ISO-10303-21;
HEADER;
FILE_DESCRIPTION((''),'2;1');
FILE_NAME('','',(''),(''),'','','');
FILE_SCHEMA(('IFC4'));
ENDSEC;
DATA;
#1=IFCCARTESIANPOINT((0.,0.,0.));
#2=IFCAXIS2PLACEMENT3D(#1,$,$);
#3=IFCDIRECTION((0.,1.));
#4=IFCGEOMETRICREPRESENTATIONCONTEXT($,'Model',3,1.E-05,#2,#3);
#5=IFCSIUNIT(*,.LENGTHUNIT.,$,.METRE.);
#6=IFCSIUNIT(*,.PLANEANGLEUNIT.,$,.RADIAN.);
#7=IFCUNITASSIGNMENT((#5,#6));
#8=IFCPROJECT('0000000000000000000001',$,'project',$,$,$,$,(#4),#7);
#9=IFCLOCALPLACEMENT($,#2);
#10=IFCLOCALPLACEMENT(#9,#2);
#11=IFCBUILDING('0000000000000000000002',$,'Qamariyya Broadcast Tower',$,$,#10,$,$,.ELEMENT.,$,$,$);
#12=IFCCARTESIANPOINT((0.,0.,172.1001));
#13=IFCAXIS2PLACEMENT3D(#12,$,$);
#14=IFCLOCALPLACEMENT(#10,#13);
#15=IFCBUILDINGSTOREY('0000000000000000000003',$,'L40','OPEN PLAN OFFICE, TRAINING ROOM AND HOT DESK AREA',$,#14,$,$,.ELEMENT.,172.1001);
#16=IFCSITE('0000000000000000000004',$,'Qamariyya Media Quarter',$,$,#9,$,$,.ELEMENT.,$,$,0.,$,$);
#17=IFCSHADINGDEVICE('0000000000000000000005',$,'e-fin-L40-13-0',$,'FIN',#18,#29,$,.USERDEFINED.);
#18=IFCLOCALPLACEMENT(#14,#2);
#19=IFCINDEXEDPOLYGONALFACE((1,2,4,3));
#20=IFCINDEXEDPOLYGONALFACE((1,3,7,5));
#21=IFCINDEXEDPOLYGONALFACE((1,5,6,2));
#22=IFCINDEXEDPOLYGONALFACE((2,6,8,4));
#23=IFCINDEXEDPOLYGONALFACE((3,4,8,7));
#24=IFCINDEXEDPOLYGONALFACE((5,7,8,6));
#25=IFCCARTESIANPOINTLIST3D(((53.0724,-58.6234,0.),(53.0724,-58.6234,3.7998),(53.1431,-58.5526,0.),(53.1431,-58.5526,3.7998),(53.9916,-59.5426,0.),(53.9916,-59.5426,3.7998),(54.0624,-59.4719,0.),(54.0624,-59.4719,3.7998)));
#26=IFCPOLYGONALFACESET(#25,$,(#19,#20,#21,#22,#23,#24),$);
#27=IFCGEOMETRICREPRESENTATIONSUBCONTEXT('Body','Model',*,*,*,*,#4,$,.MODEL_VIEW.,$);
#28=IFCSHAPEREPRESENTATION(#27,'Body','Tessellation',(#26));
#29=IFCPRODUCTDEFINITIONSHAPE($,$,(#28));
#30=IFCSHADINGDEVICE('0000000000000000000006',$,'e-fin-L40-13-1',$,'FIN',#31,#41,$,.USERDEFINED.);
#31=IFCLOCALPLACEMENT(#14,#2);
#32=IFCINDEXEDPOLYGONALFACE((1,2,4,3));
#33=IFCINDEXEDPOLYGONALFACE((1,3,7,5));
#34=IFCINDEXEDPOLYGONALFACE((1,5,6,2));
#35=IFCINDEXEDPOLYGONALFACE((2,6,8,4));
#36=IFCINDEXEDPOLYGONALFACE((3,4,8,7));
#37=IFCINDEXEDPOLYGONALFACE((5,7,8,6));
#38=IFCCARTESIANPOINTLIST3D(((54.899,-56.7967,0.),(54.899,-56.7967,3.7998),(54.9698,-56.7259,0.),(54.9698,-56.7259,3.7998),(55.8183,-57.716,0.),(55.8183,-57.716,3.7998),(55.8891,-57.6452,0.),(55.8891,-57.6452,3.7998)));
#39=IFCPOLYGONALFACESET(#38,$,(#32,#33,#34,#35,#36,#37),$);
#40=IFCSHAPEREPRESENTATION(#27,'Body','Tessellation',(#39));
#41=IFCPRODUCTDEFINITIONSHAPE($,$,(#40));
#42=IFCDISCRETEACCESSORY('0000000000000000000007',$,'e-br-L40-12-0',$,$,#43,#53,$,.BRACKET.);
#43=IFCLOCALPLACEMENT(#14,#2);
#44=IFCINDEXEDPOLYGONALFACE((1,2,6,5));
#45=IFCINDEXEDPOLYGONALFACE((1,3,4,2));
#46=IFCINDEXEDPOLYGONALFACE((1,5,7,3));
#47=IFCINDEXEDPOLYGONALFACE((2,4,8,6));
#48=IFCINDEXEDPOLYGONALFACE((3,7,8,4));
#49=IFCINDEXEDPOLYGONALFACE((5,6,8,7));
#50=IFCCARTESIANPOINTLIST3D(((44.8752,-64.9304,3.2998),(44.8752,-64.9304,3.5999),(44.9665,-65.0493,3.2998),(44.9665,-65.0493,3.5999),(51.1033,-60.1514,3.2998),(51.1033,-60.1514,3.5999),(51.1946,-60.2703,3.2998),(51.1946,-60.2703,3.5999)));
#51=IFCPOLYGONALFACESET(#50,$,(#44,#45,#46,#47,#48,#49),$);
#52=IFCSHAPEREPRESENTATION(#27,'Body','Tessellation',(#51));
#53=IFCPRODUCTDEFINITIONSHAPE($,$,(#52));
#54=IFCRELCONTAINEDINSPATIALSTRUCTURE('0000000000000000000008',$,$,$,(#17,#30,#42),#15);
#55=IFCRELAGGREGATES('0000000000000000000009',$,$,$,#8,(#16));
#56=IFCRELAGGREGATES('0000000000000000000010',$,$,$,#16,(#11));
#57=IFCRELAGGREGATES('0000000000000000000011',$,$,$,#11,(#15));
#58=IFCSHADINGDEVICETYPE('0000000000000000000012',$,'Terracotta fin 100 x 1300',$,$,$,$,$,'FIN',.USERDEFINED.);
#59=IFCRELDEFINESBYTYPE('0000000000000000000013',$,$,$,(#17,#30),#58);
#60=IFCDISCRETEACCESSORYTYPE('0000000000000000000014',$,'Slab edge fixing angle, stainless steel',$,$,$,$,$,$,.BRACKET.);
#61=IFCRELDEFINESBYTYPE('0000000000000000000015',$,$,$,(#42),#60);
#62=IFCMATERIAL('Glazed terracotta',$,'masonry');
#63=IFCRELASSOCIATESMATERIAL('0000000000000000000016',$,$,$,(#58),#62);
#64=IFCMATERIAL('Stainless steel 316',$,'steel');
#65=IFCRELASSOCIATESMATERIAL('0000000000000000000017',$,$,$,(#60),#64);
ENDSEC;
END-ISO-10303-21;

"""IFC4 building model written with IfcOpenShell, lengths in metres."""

from ifc_helpers import new_model, si_unit, direction, frame, origin, origin_2d, place, context, subcontext, project, spatial, rectangle, extrude, material, material_profile, profile_set, type_object, element, save


model = new_model("IFC4")

# Units and contexts
model_context = context("Model", 3, precision=1e-05, world=origin(), true_north=direction((0.0, 1.0)))
body_context = subcontext(model_context, "Body", "Model", "MODEL_VIEW")
ifc_project = project(units=[si_unit("LENGTHUNIT", "METRE"), si_unit("PLANEANGLEUNIT", "RADIAN")], contexts=[model_context])

# Site, building, storey
site_placement = place(None, origin())
site = spatial("IfcSite", under=ifc_project, at=site_placement, Name="Qamariyya Media Quarter", CompositionType="ELEMENT", RefElevation=0.0)
building_placement = place(site_placement, origin())
building = spatial("IfcBuilding", under=site, at=building_placement, Name="Qamariyya Broadcast Tower", CompositionType="ELEMENT")
storey_placement = place(building_placement, frame((0.0, 0.0, 172.1001)))
storey = spatial("IfcBuildingStorey", under=building, at=storey_placement, Name="L40", Description="OPEN PLAN OFFICE, TRAINING ROOM AND HOT DESK AREA", CompositionType="ELEMENT", Elevation=172.1001)

# Shading devices
ifc_material_1 = material(Name="Glazed terracotta", Category="masonry")
ifc_material_profile_1 = material_profile(ifc_material_1, rectangle(XDim=1.3, YDim=0.1001, at=origin_2d()))
ifc_profile_set_1 = profile_set([ifc_material_profile_1], Name="Glazed terracotta")
shading_device_type_1 = type_object("IfcShadingDeviceType", Name="Terracotta fin 100 x 1300", ElementType="FIN", PredefinedType="USERDEFINED", material=ifc_profile_set_1)
for number, where, z_axis, x_axis, name in (
    (1, (53.5674, -59.0476, 0.0), (0.0, 0.0, 1.0), (0.707107, -0.707107, 0.0), "e-fin-L40-13-0"),
    (2, (55.394, -57.2209, 0.0), (0.0, 0.0, 1.0), (0.707107, -0.707107, 0.0), "e-fin-L40-13-1"),
):
    element("IfcShadingDevice", number, at=place(storey_placement, frame(where, z_axis=z_axis, x_axis=x_axis)), inside=storey, type_object=shading_device_type_1, Name=name, ObjectType="FIN", PredefinedType="USERDEFINED", context=body_context, shape_type="SweptSolid", body=[
        extrude(rectangle(XDim=1.3, YDim=0.1001, at=origin_2d()), origin(), (0.0, 0.0, 1.0), 3.7998),
    ])

# Discrete accessory
ifc_material_2 = material(Name="Stainless steel 316", Category="steel")
discrete_accessory_type = type_object("IfcDiscreteAccessoryType", Name="Slab edge fixing angle, stainless steel", PredefinedType="BRACKET", material=ifc_material_2)
discrete_accessory_placement = place(storey_placement, frame((48.0349, -62.6003, 3.2998), z_axis=(0.0, 0.0, 1.0), x_axis=(0.793353, 0.608761, 0.0)))
element("IfcDiscreteAccessory", 3, at=discrete_accessory_placement, inside=storey, type_object=discrete_accessory_type, Name="e-br-L40-12-0", PredefinedType="BRACKET", context=body_context, shape_type="SweptSolid", body=[
    extrude(rectangle(XDim=7.8503, YDim=0.1499, at=origin_2d()), origin(), (0.0, 0.0, 1.0), 0.3),
])

save(model, "model.ifc")
